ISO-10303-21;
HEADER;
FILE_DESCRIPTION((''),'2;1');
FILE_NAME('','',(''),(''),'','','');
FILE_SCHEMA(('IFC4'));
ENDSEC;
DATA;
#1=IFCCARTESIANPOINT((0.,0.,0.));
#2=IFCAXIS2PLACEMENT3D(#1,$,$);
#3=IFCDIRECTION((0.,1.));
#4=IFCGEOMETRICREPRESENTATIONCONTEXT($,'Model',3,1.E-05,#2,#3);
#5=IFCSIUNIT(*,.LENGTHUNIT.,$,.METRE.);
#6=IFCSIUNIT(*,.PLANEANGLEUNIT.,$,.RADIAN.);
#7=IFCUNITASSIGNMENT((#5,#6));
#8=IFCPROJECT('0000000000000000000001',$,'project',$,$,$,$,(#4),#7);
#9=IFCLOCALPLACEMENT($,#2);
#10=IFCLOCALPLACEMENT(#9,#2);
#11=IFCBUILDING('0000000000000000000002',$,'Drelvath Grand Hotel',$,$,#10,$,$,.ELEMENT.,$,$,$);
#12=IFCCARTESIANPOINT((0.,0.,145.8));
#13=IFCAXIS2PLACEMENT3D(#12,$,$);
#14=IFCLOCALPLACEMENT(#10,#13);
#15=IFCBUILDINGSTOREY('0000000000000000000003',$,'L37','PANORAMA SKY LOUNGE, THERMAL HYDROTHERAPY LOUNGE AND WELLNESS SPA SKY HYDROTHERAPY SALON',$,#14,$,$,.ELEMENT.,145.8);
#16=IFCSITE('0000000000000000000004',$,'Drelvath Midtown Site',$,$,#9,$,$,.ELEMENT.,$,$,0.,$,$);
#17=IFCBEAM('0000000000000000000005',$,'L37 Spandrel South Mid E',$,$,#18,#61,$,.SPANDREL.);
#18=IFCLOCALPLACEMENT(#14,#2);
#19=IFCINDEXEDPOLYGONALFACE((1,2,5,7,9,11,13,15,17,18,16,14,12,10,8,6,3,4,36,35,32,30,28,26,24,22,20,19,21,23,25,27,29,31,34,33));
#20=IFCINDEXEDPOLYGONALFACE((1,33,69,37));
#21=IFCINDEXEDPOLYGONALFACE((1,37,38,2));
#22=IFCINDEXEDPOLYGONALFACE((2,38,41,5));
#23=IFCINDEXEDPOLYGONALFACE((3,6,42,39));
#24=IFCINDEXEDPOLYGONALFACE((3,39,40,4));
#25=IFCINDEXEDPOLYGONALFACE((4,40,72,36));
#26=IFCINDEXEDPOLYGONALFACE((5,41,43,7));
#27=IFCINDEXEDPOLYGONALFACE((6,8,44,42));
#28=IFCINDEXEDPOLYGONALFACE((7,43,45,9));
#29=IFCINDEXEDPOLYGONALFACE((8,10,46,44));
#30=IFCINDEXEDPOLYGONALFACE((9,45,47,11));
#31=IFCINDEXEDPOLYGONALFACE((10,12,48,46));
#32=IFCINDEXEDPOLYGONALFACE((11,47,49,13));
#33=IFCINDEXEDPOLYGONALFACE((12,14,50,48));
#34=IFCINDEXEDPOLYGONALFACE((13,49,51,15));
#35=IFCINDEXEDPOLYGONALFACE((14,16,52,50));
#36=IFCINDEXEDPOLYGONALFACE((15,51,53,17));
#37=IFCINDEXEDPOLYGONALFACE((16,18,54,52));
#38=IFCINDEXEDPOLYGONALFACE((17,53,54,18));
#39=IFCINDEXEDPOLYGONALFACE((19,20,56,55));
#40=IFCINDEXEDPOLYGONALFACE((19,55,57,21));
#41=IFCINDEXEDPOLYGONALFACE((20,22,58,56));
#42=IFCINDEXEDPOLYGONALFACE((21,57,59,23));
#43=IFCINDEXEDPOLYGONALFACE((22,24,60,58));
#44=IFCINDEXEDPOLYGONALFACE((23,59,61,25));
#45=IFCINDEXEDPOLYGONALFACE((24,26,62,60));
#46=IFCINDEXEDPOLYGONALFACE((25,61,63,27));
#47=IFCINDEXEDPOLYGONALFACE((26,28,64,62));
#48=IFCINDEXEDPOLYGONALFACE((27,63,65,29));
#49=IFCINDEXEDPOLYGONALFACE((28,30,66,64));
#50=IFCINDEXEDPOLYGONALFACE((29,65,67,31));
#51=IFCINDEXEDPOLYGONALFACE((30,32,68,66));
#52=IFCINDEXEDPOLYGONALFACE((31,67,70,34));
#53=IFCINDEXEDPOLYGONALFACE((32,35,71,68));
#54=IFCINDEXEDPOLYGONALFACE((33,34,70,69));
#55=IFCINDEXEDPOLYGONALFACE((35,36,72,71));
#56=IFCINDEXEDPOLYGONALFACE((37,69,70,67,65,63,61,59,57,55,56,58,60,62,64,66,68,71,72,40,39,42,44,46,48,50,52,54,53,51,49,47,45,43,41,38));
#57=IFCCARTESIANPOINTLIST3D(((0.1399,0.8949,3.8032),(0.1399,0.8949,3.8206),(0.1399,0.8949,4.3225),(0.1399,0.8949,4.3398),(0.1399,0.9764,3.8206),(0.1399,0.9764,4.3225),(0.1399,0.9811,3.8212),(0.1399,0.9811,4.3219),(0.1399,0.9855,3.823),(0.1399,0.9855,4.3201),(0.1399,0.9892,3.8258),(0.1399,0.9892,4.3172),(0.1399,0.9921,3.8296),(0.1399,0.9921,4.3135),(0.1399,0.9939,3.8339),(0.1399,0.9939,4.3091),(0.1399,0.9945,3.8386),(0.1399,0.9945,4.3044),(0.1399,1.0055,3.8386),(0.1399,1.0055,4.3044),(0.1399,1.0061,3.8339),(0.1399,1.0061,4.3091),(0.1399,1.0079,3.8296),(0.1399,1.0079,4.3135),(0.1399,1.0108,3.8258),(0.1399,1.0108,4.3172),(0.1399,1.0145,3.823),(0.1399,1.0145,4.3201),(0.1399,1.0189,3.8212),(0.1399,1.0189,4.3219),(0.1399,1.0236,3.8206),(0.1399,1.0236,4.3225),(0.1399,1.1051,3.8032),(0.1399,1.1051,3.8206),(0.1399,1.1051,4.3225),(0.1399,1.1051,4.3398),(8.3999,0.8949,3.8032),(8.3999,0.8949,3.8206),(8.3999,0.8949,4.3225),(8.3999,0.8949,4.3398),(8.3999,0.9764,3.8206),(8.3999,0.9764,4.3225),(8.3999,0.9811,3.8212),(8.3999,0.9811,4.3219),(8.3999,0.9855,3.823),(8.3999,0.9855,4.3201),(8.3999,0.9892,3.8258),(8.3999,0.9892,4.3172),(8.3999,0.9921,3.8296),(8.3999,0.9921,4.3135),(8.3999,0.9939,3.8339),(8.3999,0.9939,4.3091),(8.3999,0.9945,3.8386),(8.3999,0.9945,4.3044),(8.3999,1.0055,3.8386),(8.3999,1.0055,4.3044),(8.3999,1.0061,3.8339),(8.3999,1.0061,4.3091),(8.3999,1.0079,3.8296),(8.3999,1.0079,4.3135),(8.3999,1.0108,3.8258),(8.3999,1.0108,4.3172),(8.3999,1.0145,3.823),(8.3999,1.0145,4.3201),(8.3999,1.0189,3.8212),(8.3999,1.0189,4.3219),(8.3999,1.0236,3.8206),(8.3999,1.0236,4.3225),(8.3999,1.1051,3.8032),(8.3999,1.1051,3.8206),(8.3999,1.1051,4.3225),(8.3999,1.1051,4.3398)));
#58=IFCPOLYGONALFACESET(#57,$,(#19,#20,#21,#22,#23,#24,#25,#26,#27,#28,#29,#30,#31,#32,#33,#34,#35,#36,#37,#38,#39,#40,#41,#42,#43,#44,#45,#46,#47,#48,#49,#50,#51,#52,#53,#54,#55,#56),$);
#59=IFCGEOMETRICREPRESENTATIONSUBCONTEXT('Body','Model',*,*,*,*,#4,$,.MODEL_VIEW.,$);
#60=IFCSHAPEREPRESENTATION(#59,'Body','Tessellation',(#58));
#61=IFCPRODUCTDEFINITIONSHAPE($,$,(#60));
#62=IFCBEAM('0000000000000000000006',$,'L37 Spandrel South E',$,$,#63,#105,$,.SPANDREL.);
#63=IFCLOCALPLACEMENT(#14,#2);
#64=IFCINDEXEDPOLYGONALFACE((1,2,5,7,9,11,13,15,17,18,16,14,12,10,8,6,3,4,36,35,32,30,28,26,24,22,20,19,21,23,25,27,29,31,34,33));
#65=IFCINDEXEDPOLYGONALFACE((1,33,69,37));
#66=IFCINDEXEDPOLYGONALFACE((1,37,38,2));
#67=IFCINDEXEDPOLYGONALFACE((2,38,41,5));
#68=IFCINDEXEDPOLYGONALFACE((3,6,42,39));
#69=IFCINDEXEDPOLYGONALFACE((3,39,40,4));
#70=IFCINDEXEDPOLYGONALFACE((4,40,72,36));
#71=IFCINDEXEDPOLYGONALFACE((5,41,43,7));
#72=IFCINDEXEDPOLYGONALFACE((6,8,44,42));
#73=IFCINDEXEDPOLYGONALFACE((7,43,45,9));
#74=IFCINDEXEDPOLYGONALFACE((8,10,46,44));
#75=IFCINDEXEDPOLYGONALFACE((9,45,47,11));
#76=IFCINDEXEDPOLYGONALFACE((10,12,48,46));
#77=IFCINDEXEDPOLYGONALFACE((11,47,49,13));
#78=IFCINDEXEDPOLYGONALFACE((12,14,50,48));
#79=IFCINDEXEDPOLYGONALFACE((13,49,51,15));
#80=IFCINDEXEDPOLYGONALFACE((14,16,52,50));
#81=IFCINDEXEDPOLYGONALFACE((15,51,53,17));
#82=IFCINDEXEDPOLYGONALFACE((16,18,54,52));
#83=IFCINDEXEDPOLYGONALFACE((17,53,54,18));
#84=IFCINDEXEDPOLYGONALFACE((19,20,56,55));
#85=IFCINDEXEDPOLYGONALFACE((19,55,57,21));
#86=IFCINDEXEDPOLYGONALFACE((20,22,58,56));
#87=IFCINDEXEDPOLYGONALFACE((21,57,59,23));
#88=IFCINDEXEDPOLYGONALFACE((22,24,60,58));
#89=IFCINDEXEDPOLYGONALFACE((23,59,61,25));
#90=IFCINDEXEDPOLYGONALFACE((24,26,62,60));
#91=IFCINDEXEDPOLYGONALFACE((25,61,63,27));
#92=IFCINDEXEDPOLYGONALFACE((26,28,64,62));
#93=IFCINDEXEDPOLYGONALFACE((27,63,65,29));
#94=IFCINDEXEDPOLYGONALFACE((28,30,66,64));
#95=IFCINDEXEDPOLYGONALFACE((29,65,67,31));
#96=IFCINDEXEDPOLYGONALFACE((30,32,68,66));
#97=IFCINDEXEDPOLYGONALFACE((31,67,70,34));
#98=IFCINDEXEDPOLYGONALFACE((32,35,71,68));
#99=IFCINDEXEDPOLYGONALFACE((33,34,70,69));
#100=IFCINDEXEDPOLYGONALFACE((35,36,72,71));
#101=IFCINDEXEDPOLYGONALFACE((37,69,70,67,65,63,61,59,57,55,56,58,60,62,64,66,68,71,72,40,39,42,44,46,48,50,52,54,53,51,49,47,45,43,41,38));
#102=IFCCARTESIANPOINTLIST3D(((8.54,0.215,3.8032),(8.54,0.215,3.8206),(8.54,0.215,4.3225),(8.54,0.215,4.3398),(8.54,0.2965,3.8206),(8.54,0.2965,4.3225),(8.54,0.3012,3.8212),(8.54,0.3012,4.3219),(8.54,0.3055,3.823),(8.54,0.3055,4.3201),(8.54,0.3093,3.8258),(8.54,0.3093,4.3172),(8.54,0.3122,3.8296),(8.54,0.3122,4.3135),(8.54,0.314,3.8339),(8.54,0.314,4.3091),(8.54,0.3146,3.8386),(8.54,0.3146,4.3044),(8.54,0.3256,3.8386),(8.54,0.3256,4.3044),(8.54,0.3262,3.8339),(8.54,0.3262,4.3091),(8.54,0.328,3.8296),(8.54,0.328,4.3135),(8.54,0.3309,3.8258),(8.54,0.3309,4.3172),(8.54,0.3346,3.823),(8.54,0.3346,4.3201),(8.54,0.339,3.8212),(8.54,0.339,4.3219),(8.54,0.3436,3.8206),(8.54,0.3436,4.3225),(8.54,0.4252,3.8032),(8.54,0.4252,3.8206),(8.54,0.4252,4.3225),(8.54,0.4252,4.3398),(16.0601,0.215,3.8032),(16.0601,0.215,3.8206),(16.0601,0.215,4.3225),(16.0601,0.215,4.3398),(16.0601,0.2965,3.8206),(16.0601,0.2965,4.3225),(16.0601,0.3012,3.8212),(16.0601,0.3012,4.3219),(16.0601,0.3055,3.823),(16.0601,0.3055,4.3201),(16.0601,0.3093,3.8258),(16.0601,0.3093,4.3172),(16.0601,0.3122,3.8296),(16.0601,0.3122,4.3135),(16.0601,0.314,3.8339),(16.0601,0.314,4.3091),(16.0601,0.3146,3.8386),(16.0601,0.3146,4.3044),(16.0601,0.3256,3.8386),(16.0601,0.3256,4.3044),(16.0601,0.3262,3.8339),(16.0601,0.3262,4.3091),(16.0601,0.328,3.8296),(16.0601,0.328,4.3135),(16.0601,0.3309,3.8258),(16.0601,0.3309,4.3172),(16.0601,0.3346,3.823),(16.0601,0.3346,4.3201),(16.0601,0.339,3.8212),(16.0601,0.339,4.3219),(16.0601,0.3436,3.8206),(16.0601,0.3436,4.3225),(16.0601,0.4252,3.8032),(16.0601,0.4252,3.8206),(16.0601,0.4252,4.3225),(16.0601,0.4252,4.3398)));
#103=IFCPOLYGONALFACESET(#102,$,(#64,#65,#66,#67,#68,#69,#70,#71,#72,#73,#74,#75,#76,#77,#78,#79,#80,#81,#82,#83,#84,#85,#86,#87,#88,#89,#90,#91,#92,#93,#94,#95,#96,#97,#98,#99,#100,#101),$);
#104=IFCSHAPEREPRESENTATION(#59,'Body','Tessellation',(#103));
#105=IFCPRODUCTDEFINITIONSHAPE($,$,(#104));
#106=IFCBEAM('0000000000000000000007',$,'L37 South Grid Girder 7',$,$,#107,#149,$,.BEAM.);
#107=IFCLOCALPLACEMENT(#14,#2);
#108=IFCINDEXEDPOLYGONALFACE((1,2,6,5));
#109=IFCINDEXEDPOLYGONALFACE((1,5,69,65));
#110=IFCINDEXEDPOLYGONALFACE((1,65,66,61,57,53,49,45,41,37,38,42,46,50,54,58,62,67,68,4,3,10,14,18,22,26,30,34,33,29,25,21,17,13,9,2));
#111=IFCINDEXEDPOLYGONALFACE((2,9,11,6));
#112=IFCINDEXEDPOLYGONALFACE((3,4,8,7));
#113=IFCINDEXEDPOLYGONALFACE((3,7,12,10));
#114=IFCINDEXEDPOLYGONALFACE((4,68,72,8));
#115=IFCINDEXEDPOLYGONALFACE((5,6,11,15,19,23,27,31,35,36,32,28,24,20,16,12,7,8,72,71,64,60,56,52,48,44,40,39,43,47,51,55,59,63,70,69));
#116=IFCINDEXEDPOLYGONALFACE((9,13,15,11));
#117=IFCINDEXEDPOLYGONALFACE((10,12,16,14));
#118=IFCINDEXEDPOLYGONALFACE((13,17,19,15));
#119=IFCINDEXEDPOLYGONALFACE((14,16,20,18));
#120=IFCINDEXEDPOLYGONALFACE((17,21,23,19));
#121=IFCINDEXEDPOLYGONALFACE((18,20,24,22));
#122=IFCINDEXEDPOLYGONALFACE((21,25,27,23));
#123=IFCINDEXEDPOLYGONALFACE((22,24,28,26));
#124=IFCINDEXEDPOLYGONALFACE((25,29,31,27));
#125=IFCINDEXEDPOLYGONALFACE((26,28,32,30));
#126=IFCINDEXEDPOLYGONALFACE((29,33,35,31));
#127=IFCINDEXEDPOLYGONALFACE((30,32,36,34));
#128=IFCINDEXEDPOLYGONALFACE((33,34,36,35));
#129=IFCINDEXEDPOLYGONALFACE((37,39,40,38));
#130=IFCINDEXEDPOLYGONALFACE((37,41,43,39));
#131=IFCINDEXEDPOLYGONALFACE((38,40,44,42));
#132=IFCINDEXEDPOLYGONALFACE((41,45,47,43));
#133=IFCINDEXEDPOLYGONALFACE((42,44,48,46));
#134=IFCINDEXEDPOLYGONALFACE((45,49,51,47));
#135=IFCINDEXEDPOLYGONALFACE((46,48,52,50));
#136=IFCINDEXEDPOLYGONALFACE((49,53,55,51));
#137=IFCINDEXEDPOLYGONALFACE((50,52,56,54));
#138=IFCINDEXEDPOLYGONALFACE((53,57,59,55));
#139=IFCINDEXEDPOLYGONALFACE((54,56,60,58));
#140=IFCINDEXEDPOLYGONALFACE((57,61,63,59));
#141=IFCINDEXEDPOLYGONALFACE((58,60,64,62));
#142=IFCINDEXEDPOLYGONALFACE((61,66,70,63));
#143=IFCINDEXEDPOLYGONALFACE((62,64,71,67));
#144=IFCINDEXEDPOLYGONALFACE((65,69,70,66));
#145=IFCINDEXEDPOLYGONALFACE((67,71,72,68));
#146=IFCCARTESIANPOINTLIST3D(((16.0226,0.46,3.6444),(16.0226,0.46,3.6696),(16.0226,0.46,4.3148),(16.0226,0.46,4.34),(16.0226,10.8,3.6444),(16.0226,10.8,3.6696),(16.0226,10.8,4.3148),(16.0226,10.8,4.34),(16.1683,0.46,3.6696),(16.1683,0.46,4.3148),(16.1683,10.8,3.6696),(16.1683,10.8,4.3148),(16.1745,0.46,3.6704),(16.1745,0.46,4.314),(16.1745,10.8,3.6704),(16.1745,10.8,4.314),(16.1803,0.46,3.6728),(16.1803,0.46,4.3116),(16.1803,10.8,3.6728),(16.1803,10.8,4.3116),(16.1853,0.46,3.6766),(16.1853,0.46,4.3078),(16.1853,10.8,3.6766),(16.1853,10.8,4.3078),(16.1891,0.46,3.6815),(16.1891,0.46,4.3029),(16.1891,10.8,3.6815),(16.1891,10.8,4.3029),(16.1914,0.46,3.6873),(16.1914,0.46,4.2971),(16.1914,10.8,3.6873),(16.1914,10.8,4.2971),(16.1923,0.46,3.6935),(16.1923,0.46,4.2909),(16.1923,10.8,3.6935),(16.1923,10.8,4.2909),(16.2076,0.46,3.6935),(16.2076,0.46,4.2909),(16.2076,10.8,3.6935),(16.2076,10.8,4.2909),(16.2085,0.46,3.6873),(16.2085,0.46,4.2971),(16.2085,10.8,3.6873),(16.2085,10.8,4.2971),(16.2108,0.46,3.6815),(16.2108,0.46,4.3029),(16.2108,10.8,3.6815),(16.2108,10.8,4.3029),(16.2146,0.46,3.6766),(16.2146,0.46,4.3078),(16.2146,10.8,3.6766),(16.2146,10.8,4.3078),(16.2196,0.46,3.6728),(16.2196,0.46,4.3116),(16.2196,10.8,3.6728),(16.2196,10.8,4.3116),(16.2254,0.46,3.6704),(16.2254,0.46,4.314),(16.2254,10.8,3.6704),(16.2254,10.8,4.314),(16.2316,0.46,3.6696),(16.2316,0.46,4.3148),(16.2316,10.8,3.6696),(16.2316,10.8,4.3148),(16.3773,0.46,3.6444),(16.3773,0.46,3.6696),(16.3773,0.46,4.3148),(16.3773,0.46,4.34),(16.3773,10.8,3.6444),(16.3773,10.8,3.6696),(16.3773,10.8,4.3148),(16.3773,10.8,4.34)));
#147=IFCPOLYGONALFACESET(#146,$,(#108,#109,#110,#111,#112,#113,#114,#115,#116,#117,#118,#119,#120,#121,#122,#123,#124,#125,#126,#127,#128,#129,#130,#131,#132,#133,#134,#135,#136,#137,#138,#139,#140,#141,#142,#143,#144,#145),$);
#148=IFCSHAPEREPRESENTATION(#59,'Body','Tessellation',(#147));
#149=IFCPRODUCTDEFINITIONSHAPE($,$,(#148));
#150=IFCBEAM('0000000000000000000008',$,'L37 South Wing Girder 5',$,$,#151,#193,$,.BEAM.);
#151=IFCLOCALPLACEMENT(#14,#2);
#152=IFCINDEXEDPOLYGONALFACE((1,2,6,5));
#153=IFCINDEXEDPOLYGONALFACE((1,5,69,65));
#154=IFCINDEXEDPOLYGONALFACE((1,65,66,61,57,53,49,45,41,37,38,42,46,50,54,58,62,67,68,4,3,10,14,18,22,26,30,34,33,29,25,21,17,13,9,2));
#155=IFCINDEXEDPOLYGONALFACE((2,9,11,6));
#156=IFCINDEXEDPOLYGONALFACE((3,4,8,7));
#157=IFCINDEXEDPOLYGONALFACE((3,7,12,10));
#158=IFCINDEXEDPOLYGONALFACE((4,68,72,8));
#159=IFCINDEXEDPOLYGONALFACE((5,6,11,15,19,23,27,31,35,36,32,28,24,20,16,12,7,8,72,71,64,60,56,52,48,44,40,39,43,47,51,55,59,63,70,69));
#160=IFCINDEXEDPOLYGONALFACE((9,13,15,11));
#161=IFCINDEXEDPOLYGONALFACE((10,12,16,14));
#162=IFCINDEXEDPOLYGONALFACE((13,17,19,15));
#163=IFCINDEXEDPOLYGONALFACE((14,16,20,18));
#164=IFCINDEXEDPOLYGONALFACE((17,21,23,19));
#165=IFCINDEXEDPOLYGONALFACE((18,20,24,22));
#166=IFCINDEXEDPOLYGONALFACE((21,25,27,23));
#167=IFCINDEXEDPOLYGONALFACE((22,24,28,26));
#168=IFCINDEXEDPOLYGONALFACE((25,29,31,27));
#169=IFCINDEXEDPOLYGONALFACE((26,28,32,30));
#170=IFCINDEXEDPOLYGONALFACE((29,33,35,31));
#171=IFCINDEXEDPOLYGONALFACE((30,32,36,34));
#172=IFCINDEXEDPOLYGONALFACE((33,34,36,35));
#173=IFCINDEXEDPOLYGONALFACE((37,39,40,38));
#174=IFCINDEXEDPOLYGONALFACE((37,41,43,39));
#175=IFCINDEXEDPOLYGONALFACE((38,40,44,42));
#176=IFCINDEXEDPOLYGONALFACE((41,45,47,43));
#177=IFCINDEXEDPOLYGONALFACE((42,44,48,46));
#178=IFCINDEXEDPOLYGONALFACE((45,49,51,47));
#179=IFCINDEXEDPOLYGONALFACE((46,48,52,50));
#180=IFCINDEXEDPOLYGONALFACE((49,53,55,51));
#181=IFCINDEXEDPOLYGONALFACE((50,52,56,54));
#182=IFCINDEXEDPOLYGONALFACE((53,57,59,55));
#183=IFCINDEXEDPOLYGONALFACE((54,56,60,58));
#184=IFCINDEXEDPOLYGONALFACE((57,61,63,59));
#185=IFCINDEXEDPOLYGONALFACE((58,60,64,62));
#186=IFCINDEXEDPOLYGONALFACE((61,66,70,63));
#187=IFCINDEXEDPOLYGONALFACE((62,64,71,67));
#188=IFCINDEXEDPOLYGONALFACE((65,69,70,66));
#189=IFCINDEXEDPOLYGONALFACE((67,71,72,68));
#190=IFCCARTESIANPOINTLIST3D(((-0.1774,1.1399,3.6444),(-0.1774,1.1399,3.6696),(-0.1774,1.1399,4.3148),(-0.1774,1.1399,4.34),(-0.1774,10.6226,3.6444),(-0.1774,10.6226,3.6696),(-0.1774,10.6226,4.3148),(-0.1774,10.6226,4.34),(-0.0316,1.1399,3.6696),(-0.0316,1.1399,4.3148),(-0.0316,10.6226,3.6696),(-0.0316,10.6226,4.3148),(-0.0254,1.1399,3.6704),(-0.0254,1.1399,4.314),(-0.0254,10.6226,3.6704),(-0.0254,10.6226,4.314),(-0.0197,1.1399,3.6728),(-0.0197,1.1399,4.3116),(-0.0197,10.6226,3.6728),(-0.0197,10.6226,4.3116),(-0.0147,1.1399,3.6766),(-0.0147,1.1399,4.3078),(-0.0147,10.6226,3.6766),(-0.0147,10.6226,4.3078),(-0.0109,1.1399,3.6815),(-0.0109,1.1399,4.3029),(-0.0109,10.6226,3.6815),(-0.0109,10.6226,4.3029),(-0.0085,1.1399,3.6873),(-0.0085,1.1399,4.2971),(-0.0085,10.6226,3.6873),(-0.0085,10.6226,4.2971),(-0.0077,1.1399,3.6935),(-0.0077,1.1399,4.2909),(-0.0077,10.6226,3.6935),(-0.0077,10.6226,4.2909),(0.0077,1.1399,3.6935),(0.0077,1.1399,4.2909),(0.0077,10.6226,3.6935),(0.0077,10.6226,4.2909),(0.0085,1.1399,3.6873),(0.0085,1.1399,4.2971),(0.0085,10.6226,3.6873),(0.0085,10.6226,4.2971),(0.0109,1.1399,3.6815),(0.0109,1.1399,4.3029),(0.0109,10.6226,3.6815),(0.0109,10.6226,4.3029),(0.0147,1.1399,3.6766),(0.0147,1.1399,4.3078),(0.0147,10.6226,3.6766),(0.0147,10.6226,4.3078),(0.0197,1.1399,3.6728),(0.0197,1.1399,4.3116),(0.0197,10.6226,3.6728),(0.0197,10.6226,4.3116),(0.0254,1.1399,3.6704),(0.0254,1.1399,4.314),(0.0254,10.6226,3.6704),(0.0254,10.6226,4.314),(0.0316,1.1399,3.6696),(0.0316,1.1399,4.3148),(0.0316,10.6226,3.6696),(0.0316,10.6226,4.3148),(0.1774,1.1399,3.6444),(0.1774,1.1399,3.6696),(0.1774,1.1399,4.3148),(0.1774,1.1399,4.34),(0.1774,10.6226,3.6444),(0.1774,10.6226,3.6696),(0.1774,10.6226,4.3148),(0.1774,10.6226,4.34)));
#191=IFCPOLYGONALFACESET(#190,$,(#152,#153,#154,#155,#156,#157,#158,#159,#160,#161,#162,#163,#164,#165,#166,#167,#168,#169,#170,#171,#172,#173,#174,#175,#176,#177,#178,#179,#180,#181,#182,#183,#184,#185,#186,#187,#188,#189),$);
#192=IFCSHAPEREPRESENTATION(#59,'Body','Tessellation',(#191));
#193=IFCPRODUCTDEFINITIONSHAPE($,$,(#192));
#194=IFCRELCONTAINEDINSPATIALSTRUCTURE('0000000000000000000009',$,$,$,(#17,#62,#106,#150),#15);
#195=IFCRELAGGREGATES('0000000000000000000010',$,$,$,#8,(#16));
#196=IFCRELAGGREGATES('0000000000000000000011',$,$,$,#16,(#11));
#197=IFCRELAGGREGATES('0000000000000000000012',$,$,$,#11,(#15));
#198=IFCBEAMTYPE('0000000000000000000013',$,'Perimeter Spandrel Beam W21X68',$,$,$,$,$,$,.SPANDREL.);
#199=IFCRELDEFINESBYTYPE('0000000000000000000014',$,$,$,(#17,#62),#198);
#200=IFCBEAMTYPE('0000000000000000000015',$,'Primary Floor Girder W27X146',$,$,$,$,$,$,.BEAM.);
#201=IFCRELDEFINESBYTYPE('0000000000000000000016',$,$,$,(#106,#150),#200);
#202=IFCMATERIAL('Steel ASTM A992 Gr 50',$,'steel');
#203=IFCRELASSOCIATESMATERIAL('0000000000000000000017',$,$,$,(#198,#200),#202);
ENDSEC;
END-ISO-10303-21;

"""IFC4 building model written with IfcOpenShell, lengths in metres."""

from ifc_helpers import new_model, si_unit, direction, frame, origin, origin_2d, place, context, subcontext, project, spatial, i_section, extrude, material, material_profile, profile_set, type_object, element, save


model = new_model("IFC4")

# Units and contexts
model_context = context("Model", 3, precision=1e-05, world=origin(), true_north=direction((0.0, 1.0)))
body_context = subcontext(model_context, "Body", "Model", "MODEL_VIEW")
ifc_project = project(units=[si_unit("LENGTHUNIT", "METRE"), si_unit("PLANEANGLEUNIT", "RADIAN")], contexts=[model_context])

# Site, building, storey
site_placement = place(None, origin())
site = spatial("IfcSite", under=ifc_project, at=site_placement, Name="Drelvath Midtown Site", CompositionType="ELEMENT", RefElevation=0.0)
building_placement = place(site_placement, origin())
building = spatial("IfcBuilding", under=site, at=building_placement, Name="Drelvath Grand Hotel", CompositionType="ELEMENT")
storey_placement = place(building_placement, frame((0.0, 0.0, 145.8)))
storey = spatial("IfcBuildingStorey", under=building, at=storey_placement, Name="L37", Description="PANORAMA SKY LOUNGE, THERMAL HYDROTHERAPY LOUNGE AND WELLNESS SPA SKY HYDROTHERAPY SALON", CompositionType="ELEMENT", Elevation=145.8)

# Beams
ifc_material_1 = material(Name="Steel ASTM A992 Gr 50", Category="steel")
ifc_material_profile_1 = material_profile(ifc_material_1, i_section(OverallWidth=0.2102, OverallDepth=0.5366, WebThickness=0.011, FlangeThickness=0.0173, FilletRadius=0.0181, at=origin_2d()), Name="W21X68")
ifc_profile_set_1 = profile_set([ifc_material_profile_1], Name="Steel ASTM A992 Gr 50")
beam_type_1 = type_object("IfcBeamType", Name="Perimeter Spandrel Beam W21X68", PredefinedType="SPANDREL", material=ifc_profile_set_1)
beam_1_placement = place(storey_placement, frame((0.1399, 1.0, 4.0715), z_axis=(1.0, 0.0, 0.0), x_axis=(0.0, 1.0, 0.0)))
element("IfcBeam", 1, at=beam_1_placement, inside=storey, type_object=beam_type_1, Name="L37 Spandrel South Mid E", PredefinedType="SPANDREL", context=body_context, shape_type="SweptSolid", body=[
    extrude(i_section(OverallWidth=0.2102, OverallDepth=0.5366, WebThickness=0.011, FlangeThickness=0.0173, FilletRadius=0.0181, at=origin_2d()), origin(), (0.0, 0.0, 1.0), 8.26),
])
beam_2_placement = place(storey_placement, frame((8.54, 0.3201, 4.0715), z_axis=(1.0, 0.0, 0.0), x_axis=(0.0, 1.0, 0.0)))
element("IfcBeam", 2, at=beam_2_placement, inside=storey, type_object=beam_type_1, Name="L37 Spandrel South E", PredefinedType="SPANDREL", context=body_context, shape_type="SweptSolid", body=[
    extrude(i_section(OverallWidth=0.2102, OverallDepth=0.5366, WebThickness=0.011, FlangeThickness=0.0173, FilletRadius=0.0181, at=origin_2d()), origin(), (0.0, 0.0, 1.0), 7.52),
])
ifc_material_profile_2 = material_profile(ifc_material_1, i_section(OverallWidth=0.3547, OverallDepth=0.6956, WebThickness=0.0154, FlangeThickness=0.0251, FilletRadius=0.0239, at=origin_2d()), Name="W27X146")
ifc_profile_set_2 = profile_set([ifc_material_profile_2], Name="Steel ASTM A992 Gr 50")
beam_type_2 = type_object("IfcBeamType", Name="Primary Floor Girder W27X146", PredefinedType="BEAM", material=ifc_profile_set_2)
beam_3_placement = place(storey_placement, frame((16.2, 0.46, 3.9922), z_axis=(0.0, 1.0, 0.0), x_axis=(-1.0, 0.0, 0.0)))
element("IfcBeam", 3, at=beam_3_placement, inside=storey, type_object=beam_type_2, Name="L37 South Grid Girder 7", PredefinedType="BEAM", context=body_context, shape_type="SweptSolid", body=[
    extrude(i_section(OverallWidth=0.3547, OverallDepth=0.6956, WebThickness=0.0154, FlangeThickness=0.0251, FilletRadius=0.0239, at=origin_2d()), origin(), (0.0, 0.0, 1.0), 10.3401),
])
beam_4_placement = place(storey_placement, frame((0.0, 1.1399, 3.9922), z_axis=(0.0, 1.0, 0.0), x_axis=(-1.0, 0.0, 0.0)))
element("IfcBeam", 4, at=beam_4_placement, inside=storey, type_object=beam_type_2, Name="L37 South Wing Girder 5", PredefinedType="BEAM", context=body_context, shape_type="SweptSolid", body=[
    extrude(i_section(OverallWidth=0.3547, OverallDepth=0.6956, WebThickness=0.0154, FlangeThickness=0.0251, FilletRadius=0.0239, at=origin_2d()), origin(), (0.0, 0.0, 1.0), 9.4827),
])

save(model, "model.ifc")
